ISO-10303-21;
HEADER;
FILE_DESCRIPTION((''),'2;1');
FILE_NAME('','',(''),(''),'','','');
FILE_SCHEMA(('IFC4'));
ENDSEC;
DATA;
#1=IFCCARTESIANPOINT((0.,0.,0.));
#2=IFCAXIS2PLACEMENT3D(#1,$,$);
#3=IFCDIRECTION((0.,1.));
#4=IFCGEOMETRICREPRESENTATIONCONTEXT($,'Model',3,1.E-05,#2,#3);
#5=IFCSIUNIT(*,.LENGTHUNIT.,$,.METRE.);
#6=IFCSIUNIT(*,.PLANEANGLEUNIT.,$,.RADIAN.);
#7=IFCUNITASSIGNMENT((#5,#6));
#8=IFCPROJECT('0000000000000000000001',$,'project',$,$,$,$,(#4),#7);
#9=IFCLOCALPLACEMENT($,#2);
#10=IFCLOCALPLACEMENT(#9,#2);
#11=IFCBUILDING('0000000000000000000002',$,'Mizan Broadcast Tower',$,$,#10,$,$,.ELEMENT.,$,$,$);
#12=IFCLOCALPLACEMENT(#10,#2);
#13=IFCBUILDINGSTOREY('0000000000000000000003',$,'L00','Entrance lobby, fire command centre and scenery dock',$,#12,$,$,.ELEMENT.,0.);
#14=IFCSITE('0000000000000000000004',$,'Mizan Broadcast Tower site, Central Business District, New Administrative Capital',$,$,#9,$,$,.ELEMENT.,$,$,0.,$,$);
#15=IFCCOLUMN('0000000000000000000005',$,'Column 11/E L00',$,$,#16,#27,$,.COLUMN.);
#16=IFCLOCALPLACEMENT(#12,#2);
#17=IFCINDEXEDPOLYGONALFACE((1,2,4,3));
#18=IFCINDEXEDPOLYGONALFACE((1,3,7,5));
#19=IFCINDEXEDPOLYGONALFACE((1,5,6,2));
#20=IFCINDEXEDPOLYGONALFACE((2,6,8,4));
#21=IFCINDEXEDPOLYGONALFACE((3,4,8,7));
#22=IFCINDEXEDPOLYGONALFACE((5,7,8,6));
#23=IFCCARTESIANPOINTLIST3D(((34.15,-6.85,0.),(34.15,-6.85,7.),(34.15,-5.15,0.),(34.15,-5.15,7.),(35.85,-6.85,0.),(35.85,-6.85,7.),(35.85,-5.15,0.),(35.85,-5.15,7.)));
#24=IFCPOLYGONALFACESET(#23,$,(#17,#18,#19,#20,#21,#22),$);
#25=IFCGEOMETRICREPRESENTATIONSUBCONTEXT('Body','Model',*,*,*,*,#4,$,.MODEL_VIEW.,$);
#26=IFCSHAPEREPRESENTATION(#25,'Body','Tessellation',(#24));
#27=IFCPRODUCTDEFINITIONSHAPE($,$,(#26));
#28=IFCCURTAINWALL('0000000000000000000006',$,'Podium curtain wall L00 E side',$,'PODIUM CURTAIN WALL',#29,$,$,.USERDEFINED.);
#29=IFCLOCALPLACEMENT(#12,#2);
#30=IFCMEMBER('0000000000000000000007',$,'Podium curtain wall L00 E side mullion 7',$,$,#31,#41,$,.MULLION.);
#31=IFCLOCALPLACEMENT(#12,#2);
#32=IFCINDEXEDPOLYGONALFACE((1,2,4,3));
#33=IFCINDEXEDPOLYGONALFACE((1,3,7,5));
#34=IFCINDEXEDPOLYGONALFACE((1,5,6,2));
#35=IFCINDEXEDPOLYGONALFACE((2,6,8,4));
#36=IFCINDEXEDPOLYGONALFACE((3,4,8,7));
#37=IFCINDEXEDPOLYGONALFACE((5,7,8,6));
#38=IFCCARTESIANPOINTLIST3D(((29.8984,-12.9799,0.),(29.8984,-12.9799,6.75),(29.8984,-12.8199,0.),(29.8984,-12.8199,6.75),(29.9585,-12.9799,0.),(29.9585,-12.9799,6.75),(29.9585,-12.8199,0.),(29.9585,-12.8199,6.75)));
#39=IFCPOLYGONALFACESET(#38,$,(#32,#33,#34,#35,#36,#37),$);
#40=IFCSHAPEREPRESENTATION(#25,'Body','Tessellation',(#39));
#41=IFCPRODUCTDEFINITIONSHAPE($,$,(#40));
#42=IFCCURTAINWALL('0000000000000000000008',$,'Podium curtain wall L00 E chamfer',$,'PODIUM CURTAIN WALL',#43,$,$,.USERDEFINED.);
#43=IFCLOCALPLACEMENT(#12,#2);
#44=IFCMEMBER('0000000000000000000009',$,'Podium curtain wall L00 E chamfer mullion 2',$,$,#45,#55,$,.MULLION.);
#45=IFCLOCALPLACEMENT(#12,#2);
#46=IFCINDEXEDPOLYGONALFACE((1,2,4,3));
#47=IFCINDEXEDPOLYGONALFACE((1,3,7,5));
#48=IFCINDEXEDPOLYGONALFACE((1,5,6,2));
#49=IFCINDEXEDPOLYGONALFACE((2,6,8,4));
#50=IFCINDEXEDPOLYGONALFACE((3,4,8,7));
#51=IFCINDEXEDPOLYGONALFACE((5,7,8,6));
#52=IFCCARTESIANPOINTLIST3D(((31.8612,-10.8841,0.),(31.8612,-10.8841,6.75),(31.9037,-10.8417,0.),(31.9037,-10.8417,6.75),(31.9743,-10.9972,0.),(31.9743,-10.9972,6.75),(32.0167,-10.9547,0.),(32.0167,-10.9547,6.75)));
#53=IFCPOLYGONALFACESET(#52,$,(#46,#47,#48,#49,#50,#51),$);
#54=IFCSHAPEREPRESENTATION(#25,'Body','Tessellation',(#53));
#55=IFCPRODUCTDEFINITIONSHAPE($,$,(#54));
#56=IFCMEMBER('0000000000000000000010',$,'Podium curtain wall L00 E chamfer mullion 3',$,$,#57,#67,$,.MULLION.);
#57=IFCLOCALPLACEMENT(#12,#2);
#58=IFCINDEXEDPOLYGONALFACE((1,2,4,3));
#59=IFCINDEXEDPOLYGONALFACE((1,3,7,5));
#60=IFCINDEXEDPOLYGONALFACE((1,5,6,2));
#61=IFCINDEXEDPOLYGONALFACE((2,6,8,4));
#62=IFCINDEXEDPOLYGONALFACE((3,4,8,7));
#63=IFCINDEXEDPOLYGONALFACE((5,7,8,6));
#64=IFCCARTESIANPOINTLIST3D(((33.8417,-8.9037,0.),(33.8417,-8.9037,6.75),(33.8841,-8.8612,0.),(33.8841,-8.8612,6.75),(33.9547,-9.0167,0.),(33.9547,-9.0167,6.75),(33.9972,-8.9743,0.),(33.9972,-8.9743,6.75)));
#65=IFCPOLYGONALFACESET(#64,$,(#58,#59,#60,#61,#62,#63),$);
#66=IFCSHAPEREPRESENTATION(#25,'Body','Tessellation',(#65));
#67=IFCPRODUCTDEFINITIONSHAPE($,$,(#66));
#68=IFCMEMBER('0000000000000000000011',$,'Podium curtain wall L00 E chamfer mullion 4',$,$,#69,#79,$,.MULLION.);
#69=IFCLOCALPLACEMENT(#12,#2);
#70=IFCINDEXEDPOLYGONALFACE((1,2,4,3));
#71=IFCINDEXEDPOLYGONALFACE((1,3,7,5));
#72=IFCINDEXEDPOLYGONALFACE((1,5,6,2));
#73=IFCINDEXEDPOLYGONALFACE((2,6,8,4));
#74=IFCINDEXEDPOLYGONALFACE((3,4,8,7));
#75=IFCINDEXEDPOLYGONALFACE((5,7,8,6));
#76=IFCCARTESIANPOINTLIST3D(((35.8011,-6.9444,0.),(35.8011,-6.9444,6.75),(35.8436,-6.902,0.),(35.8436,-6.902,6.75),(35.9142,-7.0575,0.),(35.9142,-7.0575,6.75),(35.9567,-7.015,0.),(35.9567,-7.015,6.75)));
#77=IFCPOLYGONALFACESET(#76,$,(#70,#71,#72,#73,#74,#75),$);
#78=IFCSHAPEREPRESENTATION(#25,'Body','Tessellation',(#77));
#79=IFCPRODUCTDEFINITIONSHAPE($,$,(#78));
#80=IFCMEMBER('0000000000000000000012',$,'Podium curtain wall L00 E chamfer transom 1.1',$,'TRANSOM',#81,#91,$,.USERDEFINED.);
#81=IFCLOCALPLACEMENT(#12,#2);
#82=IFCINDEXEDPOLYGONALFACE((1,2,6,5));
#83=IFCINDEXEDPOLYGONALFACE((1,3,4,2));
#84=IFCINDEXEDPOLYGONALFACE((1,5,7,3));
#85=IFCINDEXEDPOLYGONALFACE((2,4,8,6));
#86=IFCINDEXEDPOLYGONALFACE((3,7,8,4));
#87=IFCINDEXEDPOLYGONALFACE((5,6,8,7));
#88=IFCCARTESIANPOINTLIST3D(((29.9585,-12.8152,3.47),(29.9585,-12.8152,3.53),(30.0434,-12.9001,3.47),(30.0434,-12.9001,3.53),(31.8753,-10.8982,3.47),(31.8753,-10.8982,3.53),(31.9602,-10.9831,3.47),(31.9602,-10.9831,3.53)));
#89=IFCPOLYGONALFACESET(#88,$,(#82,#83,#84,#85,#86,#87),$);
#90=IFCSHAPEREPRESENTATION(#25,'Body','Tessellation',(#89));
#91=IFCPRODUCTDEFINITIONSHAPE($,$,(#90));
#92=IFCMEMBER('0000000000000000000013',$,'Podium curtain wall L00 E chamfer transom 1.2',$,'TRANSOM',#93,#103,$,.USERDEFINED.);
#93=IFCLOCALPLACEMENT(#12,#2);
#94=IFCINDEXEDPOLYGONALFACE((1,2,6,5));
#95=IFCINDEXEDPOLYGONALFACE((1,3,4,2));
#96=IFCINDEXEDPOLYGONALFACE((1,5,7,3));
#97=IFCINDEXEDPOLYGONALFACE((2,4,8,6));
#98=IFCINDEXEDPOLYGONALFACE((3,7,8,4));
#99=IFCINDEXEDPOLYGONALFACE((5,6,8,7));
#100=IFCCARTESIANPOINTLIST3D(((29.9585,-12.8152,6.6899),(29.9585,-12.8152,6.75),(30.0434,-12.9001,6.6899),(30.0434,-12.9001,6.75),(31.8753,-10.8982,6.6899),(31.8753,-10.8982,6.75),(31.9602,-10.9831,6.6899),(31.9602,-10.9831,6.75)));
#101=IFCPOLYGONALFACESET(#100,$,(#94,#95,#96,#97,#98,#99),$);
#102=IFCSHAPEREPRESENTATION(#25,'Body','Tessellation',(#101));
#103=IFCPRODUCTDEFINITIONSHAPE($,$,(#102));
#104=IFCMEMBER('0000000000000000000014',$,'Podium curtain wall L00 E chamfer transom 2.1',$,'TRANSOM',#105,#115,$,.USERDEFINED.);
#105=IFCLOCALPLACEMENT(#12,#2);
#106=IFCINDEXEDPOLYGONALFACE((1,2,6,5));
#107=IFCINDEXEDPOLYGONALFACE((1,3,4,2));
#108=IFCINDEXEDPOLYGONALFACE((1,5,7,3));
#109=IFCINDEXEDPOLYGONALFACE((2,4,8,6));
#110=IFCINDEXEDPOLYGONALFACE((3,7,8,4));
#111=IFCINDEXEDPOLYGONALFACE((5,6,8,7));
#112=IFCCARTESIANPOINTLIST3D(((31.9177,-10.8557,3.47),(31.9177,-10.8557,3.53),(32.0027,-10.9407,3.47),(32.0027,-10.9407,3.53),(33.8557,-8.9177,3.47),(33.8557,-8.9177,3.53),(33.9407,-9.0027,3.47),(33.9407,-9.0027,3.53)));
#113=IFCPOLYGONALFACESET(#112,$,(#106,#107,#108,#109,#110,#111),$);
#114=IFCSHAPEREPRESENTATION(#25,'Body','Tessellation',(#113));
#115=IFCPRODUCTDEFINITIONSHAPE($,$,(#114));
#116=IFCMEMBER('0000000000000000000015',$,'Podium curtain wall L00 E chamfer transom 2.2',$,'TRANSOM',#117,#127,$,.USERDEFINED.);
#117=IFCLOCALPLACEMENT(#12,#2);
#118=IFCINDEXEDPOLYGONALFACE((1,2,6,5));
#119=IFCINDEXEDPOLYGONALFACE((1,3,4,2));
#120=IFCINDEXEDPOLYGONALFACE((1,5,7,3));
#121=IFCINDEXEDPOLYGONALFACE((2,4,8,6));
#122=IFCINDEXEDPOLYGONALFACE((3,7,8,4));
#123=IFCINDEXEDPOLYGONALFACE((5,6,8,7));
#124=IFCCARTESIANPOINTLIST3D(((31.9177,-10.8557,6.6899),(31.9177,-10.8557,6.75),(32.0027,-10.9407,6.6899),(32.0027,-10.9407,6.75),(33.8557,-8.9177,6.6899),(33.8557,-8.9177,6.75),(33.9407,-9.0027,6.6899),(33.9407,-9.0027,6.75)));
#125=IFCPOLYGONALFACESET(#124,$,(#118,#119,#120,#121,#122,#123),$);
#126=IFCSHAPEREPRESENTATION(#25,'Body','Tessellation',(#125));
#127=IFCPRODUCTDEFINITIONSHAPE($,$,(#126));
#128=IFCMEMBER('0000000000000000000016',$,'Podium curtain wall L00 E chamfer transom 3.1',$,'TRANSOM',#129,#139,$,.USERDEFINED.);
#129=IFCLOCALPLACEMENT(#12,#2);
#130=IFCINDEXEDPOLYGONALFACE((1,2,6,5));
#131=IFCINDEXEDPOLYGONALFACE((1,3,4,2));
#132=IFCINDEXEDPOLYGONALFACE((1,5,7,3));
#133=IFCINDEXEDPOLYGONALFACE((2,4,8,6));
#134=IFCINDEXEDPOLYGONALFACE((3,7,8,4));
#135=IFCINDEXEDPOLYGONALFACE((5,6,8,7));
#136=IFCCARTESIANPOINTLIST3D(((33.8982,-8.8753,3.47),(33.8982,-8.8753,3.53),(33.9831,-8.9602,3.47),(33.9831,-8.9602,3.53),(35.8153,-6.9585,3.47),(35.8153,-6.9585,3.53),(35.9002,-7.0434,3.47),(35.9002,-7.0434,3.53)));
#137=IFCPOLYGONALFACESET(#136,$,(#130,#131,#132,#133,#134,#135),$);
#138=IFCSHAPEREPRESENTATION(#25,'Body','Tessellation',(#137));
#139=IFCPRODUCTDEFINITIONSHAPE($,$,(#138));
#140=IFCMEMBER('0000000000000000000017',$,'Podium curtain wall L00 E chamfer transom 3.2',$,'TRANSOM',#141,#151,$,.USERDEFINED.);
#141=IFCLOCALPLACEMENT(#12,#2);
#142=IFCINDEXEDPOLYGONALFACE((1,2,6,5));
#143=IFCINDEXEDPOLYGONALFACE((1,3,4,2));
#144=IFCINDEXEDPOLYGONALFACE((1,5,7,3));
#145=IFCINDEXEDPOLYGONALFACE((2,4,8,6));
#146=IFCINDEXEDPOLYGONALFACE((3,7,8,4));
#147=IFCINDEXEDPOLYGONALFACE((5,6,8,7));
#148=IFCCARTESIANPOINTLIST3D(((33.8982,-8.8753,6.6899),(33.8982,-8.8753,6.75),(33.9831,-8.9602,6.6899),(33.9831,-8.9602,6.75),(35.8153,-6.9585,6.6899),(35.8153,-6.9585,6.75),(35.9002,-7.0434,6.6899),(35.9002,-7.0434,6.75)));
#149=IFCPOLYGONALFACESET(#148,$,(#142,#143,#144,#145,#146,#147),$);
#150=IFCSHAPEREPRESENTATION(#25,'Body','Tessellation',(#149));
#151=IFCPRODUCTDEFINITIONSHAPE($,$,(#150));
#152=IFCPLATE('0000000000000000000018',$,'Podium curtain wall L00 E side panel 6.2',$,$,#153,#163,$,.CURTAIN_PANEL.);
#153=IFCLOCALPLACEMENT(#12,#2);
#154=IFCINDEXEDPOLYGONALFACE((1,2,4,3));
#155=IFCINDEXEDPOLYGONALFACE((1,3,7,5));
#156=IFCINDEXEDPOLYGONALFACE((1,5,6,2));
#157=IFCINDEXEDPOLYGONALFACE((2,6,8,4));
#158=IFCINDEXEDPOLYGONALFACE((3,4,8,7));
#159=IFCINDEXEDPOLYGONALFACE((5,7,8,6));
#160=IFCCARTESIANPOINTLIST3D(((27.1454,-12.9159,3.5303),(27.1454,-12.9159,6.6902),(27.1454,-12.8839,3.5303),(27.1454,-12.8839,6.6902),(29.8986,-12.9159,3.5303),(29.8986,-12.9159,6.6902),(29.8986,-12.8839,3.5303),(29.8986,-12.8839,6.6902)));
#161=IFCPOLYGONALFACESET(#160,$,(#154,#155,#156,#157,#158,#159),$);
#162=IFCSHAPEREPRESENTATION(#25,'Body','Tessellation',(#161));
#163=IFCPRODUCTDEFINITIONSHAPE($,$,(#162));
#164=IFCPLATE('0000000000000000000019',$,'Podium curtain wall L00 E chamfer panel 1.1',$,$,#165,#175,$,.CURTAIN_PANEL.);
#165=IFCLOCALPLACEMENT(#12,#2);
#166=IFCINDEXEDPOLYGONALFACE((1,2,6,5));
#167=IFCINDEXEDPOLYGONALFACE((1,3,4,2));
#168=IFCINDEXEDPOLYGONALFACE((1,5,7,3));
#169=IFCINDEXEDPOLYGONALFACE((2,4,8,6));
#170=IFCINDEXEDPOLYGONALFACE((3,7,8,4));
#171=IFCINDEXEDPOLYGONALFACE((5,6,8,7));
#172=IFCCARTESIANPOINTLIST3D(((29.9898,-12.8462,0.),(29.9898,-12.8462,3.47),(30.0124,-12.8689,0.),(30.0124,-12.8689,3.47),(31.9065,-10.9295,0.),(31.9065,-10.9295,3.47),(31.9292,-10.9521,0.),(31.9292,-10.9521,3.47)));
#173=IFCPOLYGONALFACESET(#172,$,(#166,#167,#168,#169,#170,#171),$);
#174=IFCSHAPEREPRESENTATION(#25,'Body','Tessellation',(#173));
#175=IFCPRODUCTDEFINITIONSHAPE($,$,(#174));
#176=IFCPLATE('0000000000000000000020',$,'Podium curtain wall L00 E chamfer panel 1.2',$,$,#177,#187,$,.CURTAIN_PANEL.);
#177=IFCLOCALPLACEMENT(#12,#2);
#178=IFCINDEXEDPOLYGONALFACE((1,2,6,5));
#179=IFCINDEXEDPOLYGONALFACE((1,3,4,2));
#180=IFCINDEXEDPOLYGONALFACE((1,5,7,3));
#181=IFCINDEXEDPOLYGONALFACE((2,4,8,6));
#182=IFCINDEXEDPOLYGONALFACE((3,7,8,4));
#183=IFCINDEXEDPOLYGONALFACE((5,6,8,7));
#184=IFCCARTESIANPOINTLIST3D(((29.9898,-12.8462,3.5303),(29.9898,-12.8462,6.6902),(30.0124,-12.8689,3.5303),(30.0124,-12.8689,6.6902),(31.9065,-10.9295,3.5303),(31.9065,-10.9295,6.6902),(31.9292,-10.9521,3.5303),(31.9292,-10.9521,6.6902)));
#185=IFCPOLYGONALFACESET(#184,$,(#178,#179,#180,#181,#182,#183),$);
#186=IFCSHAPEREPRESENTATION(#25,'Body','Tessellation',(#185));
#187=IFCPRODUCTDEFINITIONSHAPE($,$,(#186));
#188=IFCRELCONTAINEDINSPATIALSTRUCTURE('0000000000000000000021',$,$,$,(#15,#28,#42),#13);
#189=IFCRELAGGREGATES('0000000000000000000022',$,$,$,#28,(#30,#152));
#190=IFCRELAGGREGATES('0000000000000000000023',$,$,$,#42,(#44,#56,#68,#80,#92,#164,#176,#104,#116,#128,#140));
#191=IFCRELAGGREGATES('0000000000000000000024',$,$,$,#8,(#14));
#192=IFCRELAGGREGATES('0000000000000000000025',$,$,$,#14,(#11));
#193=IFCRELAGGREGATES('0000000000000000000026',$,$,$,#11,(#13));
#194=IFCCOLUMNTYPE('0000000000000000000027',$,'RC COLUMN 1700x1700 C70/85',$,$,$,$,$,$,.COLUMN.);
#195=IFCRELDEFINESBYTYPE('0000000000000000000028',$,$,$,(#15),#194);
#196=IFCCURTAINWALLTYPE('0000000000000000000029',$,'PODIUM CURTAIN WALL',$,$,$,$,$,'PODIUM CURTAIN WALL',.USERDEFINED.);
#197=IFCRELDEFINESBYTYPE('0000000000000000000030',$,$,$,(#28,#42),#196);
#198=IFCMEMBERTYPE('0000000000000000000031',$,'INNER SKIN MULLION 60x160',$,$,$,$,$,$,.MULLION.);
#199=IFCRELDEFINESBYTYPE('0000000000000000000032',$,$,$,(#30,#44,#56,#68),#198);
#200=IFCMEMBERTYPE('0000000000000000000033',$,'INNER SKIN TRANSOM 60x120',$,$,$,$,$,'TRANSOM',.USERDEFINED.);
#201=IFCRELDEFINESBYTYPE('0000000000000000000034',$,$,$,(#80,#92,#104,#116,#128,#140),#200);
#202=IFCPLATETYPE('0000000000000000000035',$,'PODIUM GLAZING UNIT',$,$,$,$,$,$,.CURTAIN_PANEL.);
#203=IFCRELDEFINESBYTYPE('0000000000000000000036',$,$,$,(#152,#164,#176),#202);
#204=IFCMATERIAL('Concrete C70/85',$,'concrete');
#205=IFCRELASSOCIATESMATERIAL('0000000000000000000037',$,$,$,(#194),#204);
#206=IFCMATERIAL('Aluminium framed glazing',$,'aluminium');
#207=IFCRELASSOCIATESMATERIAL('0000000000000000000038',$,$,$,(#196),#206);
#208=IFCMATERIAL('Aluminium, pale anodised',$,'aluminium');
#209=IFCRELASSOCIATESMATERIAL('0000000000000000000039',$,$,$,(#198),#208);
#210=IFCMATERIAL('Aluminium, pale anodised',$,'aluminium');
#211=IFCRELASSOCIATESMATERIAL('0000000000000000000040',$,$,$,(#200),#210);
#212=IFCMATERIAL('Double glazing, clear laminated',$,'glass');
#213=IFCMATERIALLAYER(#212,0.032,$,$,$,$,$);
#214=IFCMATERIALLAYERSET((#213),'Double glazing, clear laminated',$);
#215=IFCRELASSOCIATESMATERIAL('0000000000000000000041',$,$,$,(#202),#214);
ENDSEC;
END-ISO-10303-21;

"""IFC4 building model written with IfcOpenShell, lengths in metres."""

from ifc_helpers import new_model, si_unit, direction, frame, origin, origin_2d, place, context, subcontext, project, spatial, rectangle, extrude, material, layer, layer_set, material_profile, profile_set, type_object, element, aggregate, save


model = new_model("IFC4")

# Units and contexts
model_context = context("Model", 3, precision=1e-05, world=origin(), true_north=direction((0.0, 1.0)))
body_context = subcontext(model_context, "Body", "Model", "MODEL_VIEW")
ifc_project = project(units=[si_unit("LENGTHUNIT", "METRE"), si_unit("PLANEANGLEUNIT", "RADIAN")], contexts=[model_context])

# Site, building, storey
site_placement = place(None, origin())
site = spatial("IfcSite", under=ifc_project, at=site_placement, Name="Mizan Broadcast Tower site, Central Business District, New Administrative Capital", CompositionType="ELEMENT", RefElevation=0.0)
building_placement = place(site_placement, origin())
building = spatial("IfcBuilding", under=site, at=building_placement, Name="Mizan Broadcast Tower", CompositionType="ELEMENT")
storey_placement = place(building_placement, origin())
storey = spatial("IfcBuildingStorey", under=building, at=storey_placement, Name="L00", Description="Entrance lobby, fire command centre and scenery dock", CompositionType="ELEMENT", Elevation=0.0)

# Column
ifc_material_1 = material(Name="Concrete C70/85", Category="concrete")
ifc_material_profile_1 = material_profile(ifc_material_1, rectangle(XDim=1.7, YDim=1.7, at=origin_2d()), Name="RC 1700x1700")
ifc_profile_set_1 = profile_set([ifc_material_profile_1], Name="Concrete C70/85")
column_type = type_object("IfcColumnType", Name="RC COLUMN 1700x1700 C70/85", PredefinedType="COLUMN", material=ifc_profile_set_1)
column_placement = place(storey_placement, frame((35.0, -6.0, 0.0), z_axis=(0.0, 0.0, 1.0), x_axis=(1.0, 0.0, 0.0)))
element("IfcColumn", 1, at=column_placement, inside=storey, type_object=column_type, Name="Column 11/E L00", PredefinedType="COLUMN", context=body_context, shape_type="SweptSolid", body=[
    extrude(rectangle(XDim=1.7, YDim=1.7, at=origin_2d()), origin(), (0.0, 0.0, 1.0), 7.0),
])

# Curtain wall, member
ifc_material_2 = material(Name="Aluminium framed glazing", Category="aluminium")
curtain_wall_type = type_object("IfcCurtainWallType", Name="PODIUM CURTAIN WALL", ElementType="PODIUM CURTAIN WALL", PredefinedType="USERDEFINED", material=ifc_material_2)
curtain_wall_1_placement = place(storey_placement, origin())
curtain_wall_1 = element("IfcCurtainWall", 2, at=curtain_wall_1_placement, inside=storey, type_object=curtain_wall_type, Name="Podium curtain wall L00 E side", ObjectType="PODIUM CURTAIN WALL", PredefinedType="USERDEFINED")
ifc_material_3 = material(Name="Aluminium, pale anodised", Category="aluminium")
ifc_material_profile_2 = material_profile(ifc_material_3, rectangle(XDim=0.1599, YDim=0.0601, at=origin_2d()), Name="MULLION 160x60")
ifc_profile_set_2 = profile_set([ifc_material_profile_2], Name="Aluminium, pale anodised")
member_type_1 = type_object("IfcMemberType", Name="INNER SKIN MULLION 60x160", PredefinedType="MULLION", material=ifc_profile_set_2)
member_1_placement = place(storey_placement, frame((29.9285, -12.8999, 0.0), z_axis=(0.0, 0.0, 1.0), x_axis=(0.0, 1.0, 0.0)))
member_1 = element("IfcMember", 3, at=member_1_placement, type_object=member_type_1, Name="Podium curtain wall L00 E side mullion 7", PredefinedType="MULLION", context=body_context, shape_type="SweptSolid", body=[
    extrude(rectangle(XDim=0.1599, YDim=0.0601, at=origin_2d()), origin(), (0.0, 0.0, 1.0), 6.75),
])

# Curtain wall, members
curtain_wall_2_placement = place(storey_placement, origin())
curtain_wall_2 = element("IfcCurtainWall", 4, at=curtain_wall_2_placement, inside=storey, type_object=curtain_wall_type, Name="Podium curtain wall L00 E chamfer", ObjectType="PODIUM CURTAIN WALL", PredefinedType="USERDEFINED")
member_2_placement = place(storey_placement, frame((31.939, -10.9194, 0.0), z_axis=(0.0, 0.0, 1.0), x_axis=(-0.707107, 0.707107, 0.0)))
member_2 = element("IfcMember", 5, at=member_2_placement, type_object=member_type_1, Name="Podium curtain wall L00 E chamfer mullion 2", PredefinedType="MULLION", context=body_context, shape_type="SweptSolid", body=[
    extrude(rectangle(XDim=0.1599, YDim=0.0601, at=origin_2d()), origin(), (0.0, 0.0, 1.0), 6.75),
])
member_3_placement = place(storey_placement, frame((33.9194, -8.939, 0.0), z_axis=(0.0, 0.0, 1.0), x_axis=(-0.707107, 0.707107, 0.0)))
member_3 = element("IfcMember", 6, at=member_3_placement, type_object=member_type_1, Name="Podium curtain wall L00 E chamfer mullion 3", PredefinedType="MULLION", context=body_context, shape_type="SweptSolid", body=[
    extrude(rectangle(XDim=0.1599, YDim=0.0601, at=origin_2d()), origin(), (0.0, 0.0, 1.0), 6.75),
])
member_4_placement = place(storey_placement, frame((35.8789, -6.9797, 0.0), z_axis=(0.0, 0.0, 1.0), x_axis=(-0.707107, 0.707107, 0.0)))
member_4 = element("IfcMember", 7, at=member_4_placement, type_object=member_type_1, Name="Podium curtain wall L00 E chamfer mullion 4", PredefinedType="MULLION", context=body_context, shape_type="SweptSolid", body=[
    extrude(rectangle(XDim=0.1599, YDim=0.0601, at=origin_2d()), origin(), (0.0, 0.0, 1.0), 6.75),
])
ifc_material_4 = material(Name="Aluminium, pale anodised", Category="aluminium")
ifc_material_profile_3 = material_profile(ifc_material_4, rectangle(XDim=0.1201, YDim=0.0601, at=origin_2d()), Name="TRANSOM 120x60")
ifc_profile_set_3 = profile_set([ifc_material_profile_3], Name="Aluminium, pale anodised")
member_type_2 = type_object("IfcMemberType", Name="INNER SKIN TRANSOM 60x120", ElementType="TRANSOM", PredefinedType="USERDEFINED", material=ifc_profile_set_3)
member_5_placement = place(storey_placement, frame((30.001, -12.8577, 3.5), z_axis=(0.707062, 0.707152, 0.0), x_axis=(-0.707152, 0.707062, 0.0)))
member_5 = element("IfcMember", 8, at=member_5_placement, type_object=member_type_2, Name="Podium curtain wall L00 E chamfer transom 1.1", ObjectType="TRANSOM", PredefinedType="USERDEFINED", context=body_context, shape_type="SweptSolid", body=[
    extrude(rectangle(XDim=0.1201, YDim=0.0601, at=origin_2d()), origin(), (0.0, 0.0, 1.0), 2.7109),
])
member_6_placement = place(storey_placement, frame((30.001, -12.8577, 6.72), z_axis=(0.707062, 0.707152, 0.0), x_axis=(-0.707152, 0.707062, 0.0)))
member_6 = element("IfcMember", 9, at=member_6_placement, type_object=member_type_2, Name="Podium curtain wall L00 E chamfer transom 1.2", ObjectType="TRANSOM", PredefinedType="USERDEFINED", context=body_context, shape_type="SweptSolid", body=[
    extrude(rectangle(XDim=0.1201, YDim=0.0601, at=origin_2d()), origin(), (0.0, 0.0, 1.0), 2.7109),
])
member_7_placement = place(storey_placement, frame((31.9602, -10.8982, 3.5), z_axis=(0.707107, 0.707107, 0.0), x_axis=(-0.707107, 0.707107, 0.0)))
member_7 = element("IfcMember", 10, at=member_7_placement, type_object=member_type_2, Name="Podium curtain wall L00 E chamfer transom 2.1", ObjectType="TRANSOM", PredefinedType="USERDEFINED", context=body_context, shape_type="SweptSolid", body=[
    extrude(rectangle(XDim=0.1201, YDim=0.0601, at=origin_2d()), origin(), (0.0, 0.0, 1.0), 2.7407),
])
member_8_placement = place(storey_placement, frame((31.9602, -10.8982, 6.72), z_axis=(0.707107, 0.707107, 0.0), x_axis=(-0.707107, 0.707107, 0.0)))
member_8 = element("IfcMember", 11, at=member_8_placement, type_object=member_type_2, Name="Podium curtain wall L00 E chamfer transom 2.2", ObjectType="TRANSOM", PredefinedType="USERDEFINED", context=body_context, shape_type="SweptSolid", body=[
    extrude(rectangle(XDim=0.1201, YDim=0.0601, at=origin_2d()), origin(), (0.0, 0.0, 1.0), 2.7407),
])
member_9_placement = place(storey_placement, frame((33.9407, -8.9177, 3.5), z_axis=(0.707152, 0.707062, 0.0), x_axis=(-0.707062, 0.707152, 0.0)))
member_9 = element("IfcMember", 12, at=member_9_placement, type_object=member_type_2, Name="Podium curtain wall L00 E chamfer transom 3.1", ObjectType="TRANSOM", PredefinedType="USERDEFINED", context=body_context, shape_type="SweptSolid", body=[
    extrude(rectangle(XDim=0.1201, YDim=0.0601, at=origin_2d()), origin(), (0.0, 0.0, 1.0), 2.7109),
])
member_10_placement = place(storey_placement, frame((33.9407, -8.9177, 6.72), z_axis=(0.707152, 0.707062, 0.0), x_axis=(-0.707062, 0.707152, 0.0)))
member_10 = element("IfcMember", 13, at=member_10_placement, type_object=member_type_2, Name="Podium curtain wall L00 E chamfer transom 3.2", ObjectType="TRANSOM", PredefinedType="USERDEFINED", context=body_context, shape_type="SweptSolid", body=[
    extrude(rectangle(XDim=0.1201, YDim=0.0601, at=origin_2d()), origin(), (0.0, 0.0, 1.0), 2.7109),
])

# Plates
ifc_material_5 = material(Name="Double glazing, clear laminated", Category="glass")
ifc_layer_1 = layer(ifc_material_5, 0.032)
ifc_layer_set_1 = layer_set([ifc_layer_1], Name="Double glazing, clear laminated")
plate_type = type_object("IfcPlateType", Name="PODIUM GLAZING UNIT", PredefinedType="CURTAIN_PANEL", material=ifc_layer_set_1)
plate_1_placement = place(storey_placement, frame((28.522, -12.8999, 3.5303), z_axis=(0.0, 0.0, 1.0), x_axis=(1.0, 0.0, 0.0)))
plate_1 = element("IfcPlate", 14, at=plate_1_placement, type_object=plate_type, Name="Podium curtain wall L00 E side panel 6.2", PredefinedType="CURTAIN_PANEL", context=body_context, shape_type="SweptSolid", body=[
    extrude(rectangle(XDim=2.7532, YDim=0.032, at=origin_2d()), origin(), (0.0, 0.0, 1.0), 3.1599),
])
aggregate(curtain_wall_1, [member_1, plate_1])
plate_2_placement = place(storey_placement, frame((30.9595, -11.8992, 0.0), z_axis=(0.0, 0.0, 1.0), x_axis=(0.707107, 0.707107, 0.0)))
plate_2 = element("IfcPlate", 15, at=plate_2_placement, type_object=plate_type, Name="Podium curtain wall L00 E chamfer panel 1.1", PredefinedType="CURTAIN_PANEL", context=body_context, shape_type="SweptSolid", body=[
    extrude(rectangle(XDim=2.7107, YDim=0.032, at=origin_2d()), origin(), (0.0, 0.0, 1.0), 3.47),
])
plate_3_placement = place(storey_placement, frame((30.9595, -11.8992, 3.5303), z_axis=(0.0, 0.0, 1.0), x_axis=(0.707107, 0.707107, 0.0)))
plate_3 = element("IfcPlate", 16, at=plate_3_placement, type_object=plate_type, Name="Podium curtain wall L00 E chamfer panel 1.2", PredefinedType="CURTAIN_PANEL", context=body_context, shape_type="SweptSolid", body=[
    extrude(rectangle(XDim=2.7107, YDim=0.032, at=origin_2d()), origin(), (0.0, 0.0, 1.0), 3.1599),
])
aggregate(curtain_wall_2, [member_2, member_3, member_4, member_5, member_6, plate_2, plate_3, member_7, member_8, member_9, member_10])

save(model, "model.ifc")
